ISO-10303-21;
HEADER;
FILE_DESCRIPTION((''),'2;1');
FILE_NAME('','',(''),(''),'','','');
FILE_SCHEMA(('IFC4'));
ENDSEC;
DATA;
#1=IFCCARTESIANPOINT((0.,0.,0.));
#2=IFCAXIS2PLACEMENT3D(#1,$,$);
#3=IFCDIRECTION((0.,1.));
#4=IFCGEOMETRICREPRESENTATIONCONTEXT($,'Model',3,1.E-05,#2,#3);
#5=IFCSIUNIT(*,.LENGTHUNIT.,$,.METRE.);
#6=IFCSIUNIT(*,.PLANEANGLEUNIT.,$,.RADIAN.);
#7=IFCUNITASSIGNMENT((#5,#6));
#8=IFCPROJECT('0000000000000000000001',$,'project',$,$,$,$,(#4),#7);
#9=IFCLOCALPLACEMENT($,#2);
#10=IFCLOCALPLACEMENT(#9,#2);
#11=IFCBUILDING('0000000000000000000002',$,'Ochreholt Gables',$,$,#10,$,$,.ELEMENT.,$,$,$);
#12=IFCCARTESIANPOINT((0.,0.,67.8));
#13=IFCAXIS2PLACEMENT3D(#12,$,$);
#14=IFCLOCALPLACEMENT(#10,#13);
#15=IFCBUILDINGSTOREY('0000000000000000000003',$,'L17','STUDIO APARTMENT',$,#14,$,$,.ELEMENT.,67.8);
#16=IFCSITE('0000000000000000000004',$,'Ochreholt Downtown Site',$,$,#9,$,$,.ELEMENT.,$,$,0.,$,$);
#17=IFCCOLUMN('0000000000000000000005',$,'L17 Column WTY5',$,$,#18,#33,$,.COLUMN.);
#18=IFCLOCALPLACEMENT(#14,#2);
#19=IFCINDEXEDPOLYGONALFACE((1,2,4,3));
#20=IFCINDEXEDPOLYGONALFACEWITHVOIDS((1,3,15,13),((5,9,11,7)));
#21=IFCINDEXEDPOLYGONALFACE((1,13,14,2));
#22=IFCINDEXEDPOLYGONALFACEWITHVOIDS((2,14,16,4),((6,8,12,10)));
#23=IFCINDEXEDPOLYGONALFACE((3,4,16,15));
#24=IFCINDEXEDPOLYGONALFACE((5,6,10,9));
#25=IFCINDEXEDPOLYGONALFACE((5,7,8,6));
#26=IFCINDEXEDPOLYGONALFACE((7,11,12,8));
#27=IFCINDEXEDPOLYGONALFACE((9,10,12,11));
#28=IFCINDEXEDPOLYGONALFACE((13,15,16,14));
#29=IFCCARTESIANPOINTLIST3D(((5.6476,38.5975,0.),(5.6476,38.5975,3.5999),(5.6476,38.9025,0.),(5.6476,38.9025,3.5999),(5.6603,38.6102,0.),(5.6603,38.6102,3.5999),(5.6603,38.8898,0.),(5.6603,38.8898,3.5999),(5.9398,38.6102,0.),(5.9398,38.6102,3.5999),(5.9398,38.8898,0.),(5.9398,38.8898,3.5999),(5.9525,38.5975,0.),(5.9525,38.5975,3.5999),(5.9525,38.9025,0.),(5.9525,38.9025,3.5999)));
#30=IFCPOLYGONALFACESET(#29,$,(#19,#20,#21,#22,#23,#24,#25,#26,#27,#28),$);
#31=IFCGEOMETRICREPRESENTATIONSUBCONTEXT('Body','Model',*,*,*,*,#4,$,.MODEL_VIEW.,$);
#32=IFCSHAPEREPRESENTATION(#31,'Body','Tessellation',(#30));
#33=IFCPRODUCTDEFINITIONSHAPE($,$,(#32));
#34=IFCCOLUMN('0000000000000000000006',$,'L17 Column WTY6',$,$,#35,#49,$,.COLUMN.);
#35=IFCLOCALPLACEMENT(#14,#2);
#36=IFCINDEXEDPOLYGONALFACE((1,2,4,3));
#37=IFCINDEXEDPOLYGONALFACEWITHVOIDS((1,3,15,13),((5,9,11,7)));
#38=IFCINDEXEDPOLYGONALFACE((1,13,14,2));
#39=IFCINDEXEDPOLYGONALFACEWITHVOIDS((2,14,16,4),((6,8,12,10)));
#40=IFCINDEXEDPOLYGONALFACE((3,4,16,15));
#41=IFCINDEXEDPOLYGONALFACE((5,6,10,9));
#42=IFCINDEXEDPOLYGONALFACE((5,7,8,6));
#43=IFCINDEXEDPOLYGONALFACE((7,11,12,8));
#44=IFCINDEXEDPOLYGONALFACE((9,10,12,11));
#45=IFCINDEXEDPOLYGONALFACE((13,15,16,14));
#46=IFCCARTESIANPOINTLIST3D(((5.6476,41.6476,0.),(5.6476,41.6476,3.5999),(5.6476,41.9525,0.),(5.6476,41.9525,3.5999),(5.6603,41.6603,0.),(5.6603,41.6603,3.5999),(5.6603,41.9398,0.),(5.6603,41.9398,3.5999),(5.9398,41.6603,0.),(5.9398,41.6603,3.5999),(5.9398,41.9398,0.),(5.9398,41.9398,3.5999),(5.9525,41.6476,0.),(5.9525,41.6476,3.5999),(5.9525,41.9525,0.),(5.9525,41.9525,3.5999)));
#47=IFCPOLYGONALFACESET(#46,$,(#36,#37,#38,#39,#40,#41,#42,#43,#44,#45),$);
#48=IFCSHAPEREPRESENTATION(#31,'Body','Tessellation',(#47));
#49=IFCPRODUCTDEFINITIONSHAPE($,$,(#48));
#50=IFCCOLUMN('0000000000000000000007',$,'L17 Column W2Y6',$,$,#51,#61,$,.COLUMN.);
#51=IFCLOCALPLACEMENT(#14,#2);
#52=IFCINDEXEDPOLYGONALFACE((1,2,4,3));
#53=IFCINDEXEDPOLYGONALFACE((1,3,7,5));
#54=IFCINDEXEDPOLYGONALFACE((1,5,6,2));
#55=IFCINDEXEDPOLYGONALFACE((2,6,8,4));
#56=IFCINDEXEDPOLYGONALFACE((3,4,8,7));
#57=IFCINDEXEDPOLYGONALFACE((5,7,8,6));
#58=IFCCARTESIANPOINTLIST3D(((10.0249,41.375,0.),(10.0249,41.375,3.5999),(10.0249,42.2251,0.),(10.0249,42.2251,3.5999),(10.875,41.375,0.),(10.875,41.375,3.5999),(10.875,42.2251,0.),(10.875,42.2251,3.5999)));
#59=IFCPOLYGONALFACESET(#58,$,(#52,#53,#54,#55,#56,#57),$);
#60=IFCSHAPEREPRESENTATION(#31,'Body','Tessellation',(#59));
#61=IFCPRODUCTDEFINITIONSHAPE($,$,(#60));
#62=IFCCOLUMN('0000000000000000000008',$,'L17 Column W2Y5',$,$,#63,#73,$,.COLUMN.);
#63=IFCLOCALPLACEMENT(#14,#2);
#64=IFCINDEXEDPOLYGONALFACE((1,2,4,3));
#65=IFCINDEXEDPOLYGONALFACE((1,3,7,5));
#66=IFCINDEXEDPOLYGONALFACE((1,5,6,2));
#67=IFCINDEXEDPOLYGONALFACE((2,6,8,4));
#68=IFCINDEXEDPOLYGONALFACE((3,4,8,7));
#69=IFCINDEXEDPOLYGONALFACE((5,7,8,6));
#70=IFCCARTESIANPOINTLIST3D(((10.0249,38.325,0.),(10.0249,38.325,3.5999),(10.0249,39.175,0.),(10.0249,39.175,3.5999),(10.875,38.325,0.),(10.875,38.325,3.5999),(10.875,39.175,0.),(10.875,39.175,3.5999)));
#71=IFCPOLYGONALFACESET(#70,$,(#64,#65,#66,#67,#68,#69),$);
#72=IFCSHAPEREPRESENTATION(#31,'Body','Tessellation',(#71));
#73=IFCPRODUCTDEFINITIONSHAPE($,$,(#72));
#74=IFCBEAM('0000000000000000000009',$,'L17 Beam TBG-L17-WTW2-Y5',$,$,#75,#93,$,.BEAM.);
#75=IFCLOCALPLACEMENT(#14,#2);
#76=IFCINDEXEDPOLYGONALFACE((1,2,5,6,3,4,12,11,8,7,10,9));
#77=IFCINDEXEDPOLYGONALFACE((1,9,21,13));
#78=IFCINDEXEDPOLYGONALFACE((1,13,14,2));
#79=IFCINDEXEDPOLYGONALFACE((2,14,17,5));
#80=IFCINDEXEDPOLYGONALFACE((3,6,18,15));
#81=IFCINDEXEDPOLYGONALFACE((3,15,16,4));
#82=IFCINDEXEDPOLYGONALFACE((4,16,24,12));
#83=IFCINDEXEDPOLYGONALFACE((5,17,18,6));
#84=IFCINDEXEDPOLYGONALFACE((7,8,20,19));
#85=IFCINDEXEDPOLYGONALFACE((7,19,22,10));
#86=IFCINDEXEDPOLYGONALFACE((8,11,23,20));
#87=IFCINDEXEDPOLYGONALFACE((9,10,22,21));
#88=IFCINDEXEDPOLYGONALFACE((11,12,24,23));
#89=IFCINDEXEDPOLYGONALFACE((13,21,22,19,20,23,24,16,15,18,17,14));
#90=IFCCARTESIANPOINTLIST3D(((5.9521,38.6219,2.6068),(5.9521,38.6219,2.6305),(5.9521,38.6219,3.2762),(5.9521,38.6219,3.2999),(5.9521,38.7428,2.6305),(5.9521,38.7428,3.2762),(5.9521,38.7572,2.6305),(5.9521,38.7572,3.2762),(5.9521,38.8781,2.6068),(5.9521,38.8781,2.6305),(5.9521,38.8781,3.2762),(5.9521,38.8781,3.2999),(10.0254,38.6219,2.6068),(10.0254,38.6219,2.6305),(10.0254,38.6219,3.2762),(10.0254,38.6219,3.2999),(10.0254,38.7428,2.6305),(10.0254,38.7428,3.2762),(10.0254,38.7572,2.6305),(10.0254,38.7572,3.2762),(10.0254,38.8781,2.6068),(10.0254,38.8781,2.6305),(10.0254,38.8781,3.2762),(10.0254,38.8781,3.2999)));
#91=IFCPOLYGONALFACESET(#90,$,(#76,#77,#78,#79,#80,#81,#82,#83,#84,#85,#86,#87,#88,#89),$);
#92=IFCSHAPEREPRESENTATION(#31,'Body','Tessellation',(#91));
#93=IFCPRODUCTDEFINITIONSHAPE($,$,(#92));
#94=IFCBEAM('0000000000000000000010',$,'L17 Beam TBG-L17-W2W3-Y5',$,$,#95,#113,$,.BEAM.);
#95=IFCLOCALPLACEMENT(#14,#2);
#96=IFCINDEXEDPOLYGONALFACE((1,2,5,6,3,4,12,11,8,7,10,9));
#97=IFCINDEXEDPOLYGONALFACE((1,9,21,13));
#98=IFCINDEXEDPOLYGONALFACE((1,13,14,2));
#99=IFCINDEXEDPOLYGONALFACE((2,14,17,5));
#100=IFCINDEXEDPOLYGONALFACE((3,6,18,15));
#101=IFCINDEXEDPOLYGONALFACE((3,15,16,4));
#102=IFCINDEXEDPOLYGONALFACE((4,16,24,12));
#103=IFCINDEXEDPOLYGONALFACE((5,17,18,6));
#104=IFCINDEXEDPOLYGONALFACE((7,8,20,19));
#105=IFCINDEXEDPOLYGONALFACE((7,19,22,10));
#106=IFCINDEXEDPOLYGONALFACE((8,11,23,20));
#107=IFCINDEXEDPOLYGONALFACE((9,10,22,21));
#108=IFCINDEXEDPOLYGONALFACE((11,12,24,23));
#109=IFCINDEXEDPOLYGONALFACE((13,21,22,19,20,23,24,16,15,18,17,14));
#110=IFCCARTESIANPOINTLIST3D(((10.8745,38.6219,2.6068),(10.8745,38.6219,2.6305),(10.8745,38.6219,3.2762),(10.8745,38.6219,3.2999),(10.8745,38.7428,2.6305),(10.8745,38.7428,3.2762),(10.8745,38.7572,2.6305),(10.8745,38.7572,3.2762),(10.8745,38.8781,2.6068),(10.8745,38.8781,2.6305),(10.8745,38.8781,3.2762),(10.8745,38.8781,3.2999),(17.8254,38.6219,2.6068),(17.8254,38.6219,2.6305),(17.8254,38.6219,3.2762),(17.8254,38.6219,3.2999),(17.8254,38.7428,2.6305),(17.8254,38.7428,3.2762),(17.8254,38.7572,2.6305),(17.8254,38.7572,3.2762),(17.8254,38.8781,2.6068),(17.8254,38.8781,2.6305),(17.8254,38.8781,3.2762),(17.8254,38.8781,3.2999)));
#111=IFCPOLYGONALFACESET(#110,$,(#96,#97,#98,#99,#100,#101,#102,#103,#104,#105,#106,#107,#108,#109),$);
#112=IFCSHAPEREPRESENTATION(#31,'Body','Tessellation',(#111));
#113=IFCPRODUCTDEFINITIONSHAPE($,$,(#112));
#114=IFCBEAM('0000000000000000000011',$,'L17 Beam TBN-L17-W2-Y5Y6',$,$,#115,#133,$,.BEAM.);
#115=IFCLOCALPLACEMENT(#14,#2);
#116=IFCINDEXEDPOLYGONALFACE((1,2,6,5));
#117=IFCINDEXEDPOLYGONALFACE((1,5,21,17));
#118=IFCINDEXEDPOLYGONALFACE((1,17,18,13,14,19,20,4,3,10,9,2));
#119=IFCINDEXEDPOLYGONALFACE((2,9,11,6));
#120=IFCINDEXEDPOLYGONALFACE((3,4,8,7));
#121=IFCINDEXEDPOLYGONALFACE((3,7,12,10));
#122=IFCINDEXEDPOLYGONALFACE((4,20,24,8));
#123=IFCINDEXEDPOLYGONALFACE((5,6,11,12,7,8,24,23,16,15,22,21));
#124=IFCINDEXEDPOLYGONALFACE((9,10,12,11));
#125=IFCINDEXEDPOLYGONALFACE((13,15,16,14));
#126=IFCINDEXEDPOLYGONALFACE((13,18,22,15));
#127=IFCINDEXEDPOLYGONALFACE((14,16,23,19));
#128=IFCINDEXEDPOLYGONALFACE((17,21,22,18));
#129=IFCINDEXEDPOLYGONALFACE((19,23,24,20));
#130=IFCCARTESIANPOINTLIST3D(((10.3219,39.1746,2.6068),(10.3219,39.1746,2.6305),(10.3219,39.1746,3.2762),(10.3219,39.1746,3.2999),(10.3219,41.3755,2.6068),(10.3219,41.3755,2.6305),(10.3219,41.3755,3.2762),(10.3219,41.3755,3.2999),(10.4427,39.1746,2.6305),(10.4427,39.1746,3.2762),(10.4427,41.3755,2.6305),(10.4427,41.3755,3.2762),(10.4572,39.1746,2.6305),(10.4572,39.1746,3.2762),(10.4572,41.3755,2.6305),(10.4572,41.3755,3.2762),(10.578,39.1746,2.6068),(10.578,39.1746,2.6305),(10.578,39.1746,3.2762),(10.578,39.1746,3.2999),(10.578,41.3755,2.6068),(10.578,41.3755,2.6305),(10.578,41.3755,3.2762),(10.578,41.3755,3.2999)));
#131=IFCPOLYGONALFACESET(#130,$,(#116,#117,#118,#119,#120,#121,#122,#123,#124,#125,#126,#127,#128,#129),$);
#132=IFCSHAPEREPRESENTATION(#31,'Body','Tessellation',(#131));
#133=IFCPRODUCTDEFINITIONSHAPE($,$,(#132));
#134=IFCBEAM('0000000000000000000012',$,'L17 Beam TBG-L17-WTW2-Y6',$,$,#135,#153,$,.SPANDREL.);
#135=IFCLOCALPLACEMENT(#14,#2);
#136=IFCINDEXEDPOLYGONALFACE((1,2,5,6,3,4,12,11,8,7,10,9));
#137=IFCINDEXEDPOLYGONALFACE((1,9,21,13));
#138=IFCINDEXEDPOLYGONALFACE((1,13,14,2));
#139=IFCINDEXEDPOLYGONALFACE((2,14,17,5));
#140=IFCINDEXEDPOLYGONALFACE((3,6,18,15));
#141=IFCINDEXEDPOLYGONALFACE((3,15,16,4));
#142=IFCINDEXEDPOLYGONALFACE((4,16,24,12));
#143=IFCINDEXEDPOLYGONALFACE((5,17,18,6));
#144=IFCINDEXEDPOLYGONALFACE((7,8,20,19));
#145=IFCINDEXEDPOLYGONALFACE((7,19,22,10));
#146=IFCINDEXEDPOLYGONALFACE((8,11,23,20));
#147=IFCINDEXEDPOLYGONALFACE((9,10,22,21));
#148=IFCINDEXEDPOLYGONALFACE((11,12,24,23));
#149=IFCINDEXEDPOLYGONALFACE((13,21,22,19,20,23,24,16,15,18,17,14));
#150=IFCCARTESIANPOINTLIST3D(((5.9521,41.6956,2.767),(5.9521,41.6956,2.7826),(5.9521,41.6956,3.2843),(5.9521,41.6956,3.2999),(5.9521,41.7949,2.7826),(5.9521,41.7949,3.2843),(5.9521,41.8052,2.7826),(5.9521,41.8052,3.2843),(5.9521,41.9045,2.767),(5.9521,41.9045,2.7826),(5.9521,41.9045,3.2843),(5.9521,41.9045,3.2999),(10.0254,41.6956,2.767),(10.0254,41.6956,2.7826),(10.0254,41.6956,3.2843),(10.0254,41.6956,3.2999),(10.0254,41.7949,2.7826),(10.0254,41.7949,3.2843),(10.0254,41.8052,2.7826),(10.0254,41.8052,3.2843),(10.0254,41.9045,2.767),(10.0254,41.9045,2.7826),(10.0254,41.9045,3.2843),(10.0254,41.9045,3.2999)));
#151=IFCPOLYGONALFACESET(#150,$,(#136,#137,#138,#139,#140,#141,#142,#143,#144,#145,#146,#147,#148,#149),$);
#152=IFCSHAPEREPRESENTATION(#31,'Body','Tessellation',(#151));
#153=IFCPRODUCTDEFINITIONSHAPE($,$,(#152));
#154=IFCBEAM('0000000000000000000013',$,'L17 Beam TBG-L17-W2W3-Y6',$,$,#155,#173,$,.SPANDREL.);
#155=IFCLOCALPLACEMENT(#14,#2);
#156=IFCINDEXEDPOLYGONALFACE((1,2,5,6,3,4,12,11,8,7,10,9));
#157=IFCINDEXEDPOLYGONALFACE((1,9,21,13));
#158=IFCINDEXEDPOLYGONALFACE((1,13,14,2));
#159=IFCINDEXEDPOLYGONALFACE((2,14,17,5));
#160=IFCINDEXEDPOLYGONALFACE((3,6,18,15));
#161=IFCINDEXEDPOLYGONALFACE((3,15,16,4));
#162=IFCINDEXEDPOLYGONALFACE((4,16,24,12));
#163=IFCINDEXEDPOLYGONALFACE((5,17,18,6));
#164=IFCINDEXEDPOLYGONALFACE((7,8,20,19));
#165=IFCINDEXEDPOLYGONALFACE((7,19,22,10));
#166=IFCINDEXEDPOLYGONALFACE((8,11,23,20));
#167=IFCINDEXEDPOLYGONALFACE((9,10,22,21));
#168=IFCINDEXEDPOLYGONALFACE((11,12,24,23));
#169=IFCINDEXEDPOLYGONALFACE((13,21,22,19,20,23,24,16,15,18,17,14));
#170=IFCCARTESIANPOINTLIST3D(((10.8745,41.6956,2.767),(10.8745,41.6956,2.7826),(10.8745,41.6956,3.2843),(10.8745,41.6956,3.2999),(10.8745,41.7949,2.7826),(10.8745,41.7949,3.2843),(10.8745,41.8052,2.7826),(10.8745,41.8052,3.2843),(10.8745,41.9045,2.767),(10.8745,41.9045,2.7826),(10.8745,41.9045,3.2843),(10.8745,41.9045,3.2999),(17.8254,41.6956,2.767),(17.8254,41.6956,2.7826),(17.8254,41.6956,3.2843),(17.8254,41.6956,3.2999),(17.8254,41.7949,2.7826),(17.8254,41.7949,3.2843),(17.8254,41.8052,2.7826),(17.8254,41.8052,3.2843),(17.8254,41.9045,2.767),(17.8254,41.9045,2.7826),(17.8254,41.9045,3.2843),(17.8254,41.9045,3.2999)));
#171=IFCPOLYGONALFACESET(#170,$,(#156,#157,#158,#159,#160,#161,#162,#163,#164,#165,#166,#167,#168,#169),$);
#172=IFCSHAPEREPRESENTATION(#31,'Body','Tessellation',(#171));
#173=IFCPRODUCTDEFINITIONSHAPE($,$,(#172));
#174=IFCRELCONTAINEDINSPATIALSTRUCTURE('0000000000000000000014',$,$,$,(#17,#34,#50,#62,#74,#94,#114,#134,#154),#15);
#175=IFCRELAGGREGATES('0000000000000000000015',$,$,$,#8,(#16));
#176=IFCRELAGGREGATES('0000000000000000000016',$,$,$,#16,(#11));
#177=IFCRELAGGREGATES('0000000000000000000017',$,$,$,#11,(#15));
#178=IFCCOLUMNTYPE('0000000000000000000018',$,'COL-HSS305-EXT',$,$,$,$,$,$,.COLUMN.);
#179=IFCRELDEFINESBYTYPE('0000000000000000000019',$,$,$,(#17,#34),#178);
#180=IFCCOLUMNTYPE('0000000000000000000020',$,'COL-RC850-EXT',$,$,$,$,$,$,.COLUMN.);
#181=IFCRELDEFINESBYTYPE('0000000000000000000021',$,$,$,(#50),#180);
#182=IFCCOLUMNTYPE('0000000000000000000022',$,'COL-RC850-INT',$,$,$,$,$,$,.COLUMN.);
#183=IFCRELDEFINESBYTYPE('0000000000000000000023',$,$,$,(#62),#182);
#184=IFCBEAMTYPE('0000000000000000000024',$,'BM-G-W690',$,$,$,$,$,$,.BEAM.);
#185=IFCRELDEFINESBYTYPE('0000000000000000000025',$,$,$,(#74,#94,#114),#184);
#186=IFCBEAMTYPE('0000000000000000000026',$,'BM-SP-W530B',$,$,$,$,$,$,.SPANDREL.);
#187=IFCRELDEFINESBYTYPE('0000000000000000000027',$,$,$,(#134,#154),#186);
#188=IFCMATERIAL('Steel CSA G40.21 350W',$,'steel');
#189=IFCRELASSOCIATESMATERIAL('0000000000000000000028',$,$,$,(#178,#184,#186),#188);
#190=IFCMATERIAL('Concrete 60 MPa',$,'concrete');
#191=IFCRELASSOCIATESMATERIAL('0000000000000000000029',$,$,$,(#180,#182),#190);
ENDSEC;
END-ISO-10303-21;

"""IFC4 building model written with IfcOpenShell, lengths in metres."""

from ifc_helpers import new_model, si_unit, direction, frame, origin, origin_2d, place, context, subcontext, project, spatial, rectangle, hollow_rectangle, i_section, extrude, material, material_profile, profile_set, type_object, element, save


model = new_model("IFC4")

# Units and contexts
model_context = context("Model", 3, precision=1e-05, world=origin(), true_north=direction((0.0, 1.0)))
body_context = subcontext(model_context, "Body", "Model", "MODEL_VIEW")
ifc_project = project(units=[si_unit("LENGTHUNIT", "METRE"), si_unit("PLANEANGLEUNIT", "RADIAN")], contexts=[model_context])

# Site, building, storey
site_placement = place(None, origin())
site = spatial("IfcSite", under=ifc_project, at=site_placement, Name="Ochreholt Downtown Site", CompositionType="ELEMENT", RefElevation=0.0)
building_placement = place(site_placement, origin())
building = spatial("IfcBuilding", under=site, at=building_placement, Name="Ochreholt Gables", CompositionType="ELEMENT")
storey_placement = place(building_placement, frame((0.0, 0.0, 67.8)))
storey = spatial("IfcBuildingStorey", under=building, at=storey_placement, Name="L17", Description="STUDIO APARTMENT", CompositionType="ELEMENT", Elevation=67.8)

# Columns
ifc_material_1 = material(Name="Steel CSA G40.21 350W", Category="steel")
ifc_material_profile_1 = material_profile(ifc_material_1, hollow_rectangle(XDim=0.3049, YDim=0.3049, WallThickness=0.0127, at=origin_2d()), Name="HSS305X305X13")
ifc_profile_set_1 = profile_set([ifc_material_profile_1], Name="Steel CSA G40.21 350W")
column_type_1 = type_object("IfcColumnType", Name="COL-HSS305-EXT", PredefinedType="COLUMN", material=ifc_profile_set_1)
for number, where, z_axis, x_axis, name in (
    (1, (5.8, 38.75, 0.0), (0.0, 0.0, 1.0), (1.0, 0.0, 0.0), "L17 Column WTY5"),
    (2, (5.8, 41.8, 0.0), (0.0, 0.0, 1.0), (1.0, 0.0, 0.0), "L17 Column WTY6"),
):
    element("IfcColumn", number, at=place(storey_placement, frame(where, z_axis=z_axis, x_axis=x_axis)), inside=storey, type_object=column_type_1, Name=name, PredefinedType="COLUMN", context=body_context, shape_type="SweptSolid", body=[
        extrude(hollow_rectangle(XDim=0.3049, YDim=0.3049, WallThickness=0.0127, at=origin_2d()), origin(), (0.0, 0.0, 1.0), 3.5999),
    ])
ifc_material_2 = material(Name="Concrete 60 MPa", Category="concrete")
ifc_material_profile_2 = material_profile(ifc_material_2, rectangle(XDim=0.8501, YDim=0.8501, at=origin_2d()), Name="RC850X850")
ifc_profile_set_2 = profile_set([ifc_material_profile_2], Name="Concrete 60 MPa")
column_type_2 = type_object("IfcColumnType", Name="COL-RC850-EXT", PredefinedType="COLUMN", material=ifc_profile_set_2)
column_1_placement = place(storey_placement, frame((10.45, 41.8, 0.0), z_axis=(0.0, 0.0, 1.0), x_axis=(1.0, 0.0, 0.0)))
element("IfcColumn", 3, at=column_1_placement, inside=storey, type_object=column_type_2, Name="L17 Column W2Y6", PredefinedType="COLUMN", context=body_context, shape_type="SweptSolid", body=[
    extrude(rectangle(XDim=0.8501, YDim=0.8501, at=origin_2d()), origin(), (0.0, 0.0, 1.0), 3.5999),
])
ifc_material_profile_3 = material_profile(ifc_material_2, rectangle(XDim=0.8501, YDim=0.8501, at=origin_2d()), Name="RC850X850")
ifc_profile_set_3 = profile_set([ifc_material_profile_3], Name="Concrete 60 MPa")
column_type_3 = type_object("IfcColumnType", Name="COL-RC850-INT", PredefinedType="COLUMN", material=ifc_profile_set_3)
column_2_placement = place(storey_placement, frame((10.45, 38.75, 0.0), z_axis=(0.0, 0.0, 1.0), x_axis=(1.0, 0.0, 0.0)))
element("IfcColumn", 4, at=column_2_placement, inside=storey, type_object=column_type_3, Name="L17 Column W2Y5", PredefinedType="COLUMN", context=body_context, shape_type="SweptSolid", body=[
    extrude(rectangle(XDim=0.8501, YDim=0.8501, at=origin_2d()), origin(), (0.0, 0.0, 1.0), 3.5999),
])

# Beams
ifc_material_profile_4 = material_profile(ifc_material_1, i_section(OverallWidth=0.2561, OverallDepth=0.6931, WebThickness=0.0144, FlangeThickness=0.0237, at=origin_2d()), Name="W690X170")
ifc_profile_set_4 = profile_set([ifc_material_profile_4], Name="Steel CSA G40.21 350W")
beam_type_1 = type_object("IfcBeamType", Name="BM-G-W690", PredefinedType="BEAM", material=ifc_profile_set_4)
beam_1_placement = place(storey_placement, frame((5.9521, 38.75, 2.9534), z_axis=(1.0, 0.0, 0.0), x_axis=(0.0, 1.0, 0.0)))
element("IfcBeam", 5, at=beam_1_placement, inside=storey, type_object=beam_type_1, Name="L17 Beam TBG-L17-WTW2-Y5", PredefinedType="BEAM", context=body_context, shape_type="SweptSolid", body=[
    extrude(i_section(OverallWidth=0.2561, OverallDepth=0.6931, WebThickness=0.0144, FlangeThickness=0.0237, at=origin_2d()), origin(), (0.0, 0.0, 1.0), 4.0732),
])
beam_2_placement = place(storey_placement, frame((10.8745, 38.75, 2.9534), z_axis=(1.0, 0.0, 0.0), x_axis=(0.0, 1.0, 0.0)))
element("IfcBeam", 6, at=beam_2_placement, inside=storey, type_object=beam_type_1, Name="L17 Beam TBG-L17-W2W3-Y5", PredefinedType="BEAM", context=body_context, shape_type="SweptSolid", body=[
    extrude(i_section(OverallWidth=0.2561, OverallDepth=0.6931, WebThickness=0.0144, FlangeThickness=0.0237, at=origin_2d()), origin(), (0.0, 0.0, 1.0), 6.9509),
])
beam_3_placement = place(storey_placement, frame((10.45, 39.1746, 2.9534), z_axis=(0.0, 1.0, 0.0), x_axis=(-1.0, 0.0, 0.0)))
element("IfcBeam", 7, at=beam_3_placement, inside=storey, type_object=beam_type_1, Name="L17 Beam TBN-L17-W2-Y5Y6", PredefinedType="BEAM", context=body_context, shape_type="SweptSolid", body=[
    extrude(i_section(OverallWidth=0.2561, OverallDepth=0.6931, WebThickness=0.0144, FlangeThickness=0.0237, at=origin_2d()), origin(), (0.0, 0.0, 1.0), 2.2009),
])
ifc_material_profile_5 = material_profile(ifc_material_1, i_section(OverallWidth=0.209, OverallDepth=0.533, WebThickness=0.0103, FlangeThickness=0.0156, at=origin_2d()), Name="W530X92")
ifc_profile_set_5 = profile_set([ifc_material_profile_5], Name="Steel CSA G40.21 350W")
beam_type_2 = type_object("IfcBeamType", Name="BM-SP-W530B", PredefinedType="SPANDREL", material=ifc_profile_set_5)
beam_4_placement = place(storey_placement, frame((5.9521, 41.8, 3.0334), z_axis=(1.0, 0.0, 0.0), x_axis=(0.0, 1.0, 0.0)))
element("IfcBeam", 8, at=beam_4_placement, inside=storey, type_object=beam_type_2, Name="L17 Beam TBG-L17-WTW2-Y6", PredefinedType="SPANDREL", context=body_context, shape_type="SweptSolid", body=[
    extrude(i_section(OverallWidth=0.209, OverallDepth=0.533, WebThickness=0.0103, FlangeThickness=0.0156, at=origin_2d()), origin(), (0.0, 0.0, 1.0), 4.0732),
])
beam_5_placement = place(storey_placement, frame((10.8745, 41.8, 3.0334), z_axis=(1.0, 0.0, 0.0), x_axis=(0.0, 1.0, 0.0)))
element("IfcBeam", 9, at=beam_5_placement, inside=storey, type_object=beam_type_2, Name="L17 Beam TBG-L17-W2W3-Y6", PredefinedType="SPANDREL", context=body_context, shape_type="SweptSolid", body=[
    extrude(i_section(OverallWidth=0.209, OverallDepth=0.533, WebThickness=0.0103, FlangeThickness=0.0156, at=origin_2d()), origin(), (0.0, 0.0, 1.0), 6.9509),
])

save(model, "model.ifc")
